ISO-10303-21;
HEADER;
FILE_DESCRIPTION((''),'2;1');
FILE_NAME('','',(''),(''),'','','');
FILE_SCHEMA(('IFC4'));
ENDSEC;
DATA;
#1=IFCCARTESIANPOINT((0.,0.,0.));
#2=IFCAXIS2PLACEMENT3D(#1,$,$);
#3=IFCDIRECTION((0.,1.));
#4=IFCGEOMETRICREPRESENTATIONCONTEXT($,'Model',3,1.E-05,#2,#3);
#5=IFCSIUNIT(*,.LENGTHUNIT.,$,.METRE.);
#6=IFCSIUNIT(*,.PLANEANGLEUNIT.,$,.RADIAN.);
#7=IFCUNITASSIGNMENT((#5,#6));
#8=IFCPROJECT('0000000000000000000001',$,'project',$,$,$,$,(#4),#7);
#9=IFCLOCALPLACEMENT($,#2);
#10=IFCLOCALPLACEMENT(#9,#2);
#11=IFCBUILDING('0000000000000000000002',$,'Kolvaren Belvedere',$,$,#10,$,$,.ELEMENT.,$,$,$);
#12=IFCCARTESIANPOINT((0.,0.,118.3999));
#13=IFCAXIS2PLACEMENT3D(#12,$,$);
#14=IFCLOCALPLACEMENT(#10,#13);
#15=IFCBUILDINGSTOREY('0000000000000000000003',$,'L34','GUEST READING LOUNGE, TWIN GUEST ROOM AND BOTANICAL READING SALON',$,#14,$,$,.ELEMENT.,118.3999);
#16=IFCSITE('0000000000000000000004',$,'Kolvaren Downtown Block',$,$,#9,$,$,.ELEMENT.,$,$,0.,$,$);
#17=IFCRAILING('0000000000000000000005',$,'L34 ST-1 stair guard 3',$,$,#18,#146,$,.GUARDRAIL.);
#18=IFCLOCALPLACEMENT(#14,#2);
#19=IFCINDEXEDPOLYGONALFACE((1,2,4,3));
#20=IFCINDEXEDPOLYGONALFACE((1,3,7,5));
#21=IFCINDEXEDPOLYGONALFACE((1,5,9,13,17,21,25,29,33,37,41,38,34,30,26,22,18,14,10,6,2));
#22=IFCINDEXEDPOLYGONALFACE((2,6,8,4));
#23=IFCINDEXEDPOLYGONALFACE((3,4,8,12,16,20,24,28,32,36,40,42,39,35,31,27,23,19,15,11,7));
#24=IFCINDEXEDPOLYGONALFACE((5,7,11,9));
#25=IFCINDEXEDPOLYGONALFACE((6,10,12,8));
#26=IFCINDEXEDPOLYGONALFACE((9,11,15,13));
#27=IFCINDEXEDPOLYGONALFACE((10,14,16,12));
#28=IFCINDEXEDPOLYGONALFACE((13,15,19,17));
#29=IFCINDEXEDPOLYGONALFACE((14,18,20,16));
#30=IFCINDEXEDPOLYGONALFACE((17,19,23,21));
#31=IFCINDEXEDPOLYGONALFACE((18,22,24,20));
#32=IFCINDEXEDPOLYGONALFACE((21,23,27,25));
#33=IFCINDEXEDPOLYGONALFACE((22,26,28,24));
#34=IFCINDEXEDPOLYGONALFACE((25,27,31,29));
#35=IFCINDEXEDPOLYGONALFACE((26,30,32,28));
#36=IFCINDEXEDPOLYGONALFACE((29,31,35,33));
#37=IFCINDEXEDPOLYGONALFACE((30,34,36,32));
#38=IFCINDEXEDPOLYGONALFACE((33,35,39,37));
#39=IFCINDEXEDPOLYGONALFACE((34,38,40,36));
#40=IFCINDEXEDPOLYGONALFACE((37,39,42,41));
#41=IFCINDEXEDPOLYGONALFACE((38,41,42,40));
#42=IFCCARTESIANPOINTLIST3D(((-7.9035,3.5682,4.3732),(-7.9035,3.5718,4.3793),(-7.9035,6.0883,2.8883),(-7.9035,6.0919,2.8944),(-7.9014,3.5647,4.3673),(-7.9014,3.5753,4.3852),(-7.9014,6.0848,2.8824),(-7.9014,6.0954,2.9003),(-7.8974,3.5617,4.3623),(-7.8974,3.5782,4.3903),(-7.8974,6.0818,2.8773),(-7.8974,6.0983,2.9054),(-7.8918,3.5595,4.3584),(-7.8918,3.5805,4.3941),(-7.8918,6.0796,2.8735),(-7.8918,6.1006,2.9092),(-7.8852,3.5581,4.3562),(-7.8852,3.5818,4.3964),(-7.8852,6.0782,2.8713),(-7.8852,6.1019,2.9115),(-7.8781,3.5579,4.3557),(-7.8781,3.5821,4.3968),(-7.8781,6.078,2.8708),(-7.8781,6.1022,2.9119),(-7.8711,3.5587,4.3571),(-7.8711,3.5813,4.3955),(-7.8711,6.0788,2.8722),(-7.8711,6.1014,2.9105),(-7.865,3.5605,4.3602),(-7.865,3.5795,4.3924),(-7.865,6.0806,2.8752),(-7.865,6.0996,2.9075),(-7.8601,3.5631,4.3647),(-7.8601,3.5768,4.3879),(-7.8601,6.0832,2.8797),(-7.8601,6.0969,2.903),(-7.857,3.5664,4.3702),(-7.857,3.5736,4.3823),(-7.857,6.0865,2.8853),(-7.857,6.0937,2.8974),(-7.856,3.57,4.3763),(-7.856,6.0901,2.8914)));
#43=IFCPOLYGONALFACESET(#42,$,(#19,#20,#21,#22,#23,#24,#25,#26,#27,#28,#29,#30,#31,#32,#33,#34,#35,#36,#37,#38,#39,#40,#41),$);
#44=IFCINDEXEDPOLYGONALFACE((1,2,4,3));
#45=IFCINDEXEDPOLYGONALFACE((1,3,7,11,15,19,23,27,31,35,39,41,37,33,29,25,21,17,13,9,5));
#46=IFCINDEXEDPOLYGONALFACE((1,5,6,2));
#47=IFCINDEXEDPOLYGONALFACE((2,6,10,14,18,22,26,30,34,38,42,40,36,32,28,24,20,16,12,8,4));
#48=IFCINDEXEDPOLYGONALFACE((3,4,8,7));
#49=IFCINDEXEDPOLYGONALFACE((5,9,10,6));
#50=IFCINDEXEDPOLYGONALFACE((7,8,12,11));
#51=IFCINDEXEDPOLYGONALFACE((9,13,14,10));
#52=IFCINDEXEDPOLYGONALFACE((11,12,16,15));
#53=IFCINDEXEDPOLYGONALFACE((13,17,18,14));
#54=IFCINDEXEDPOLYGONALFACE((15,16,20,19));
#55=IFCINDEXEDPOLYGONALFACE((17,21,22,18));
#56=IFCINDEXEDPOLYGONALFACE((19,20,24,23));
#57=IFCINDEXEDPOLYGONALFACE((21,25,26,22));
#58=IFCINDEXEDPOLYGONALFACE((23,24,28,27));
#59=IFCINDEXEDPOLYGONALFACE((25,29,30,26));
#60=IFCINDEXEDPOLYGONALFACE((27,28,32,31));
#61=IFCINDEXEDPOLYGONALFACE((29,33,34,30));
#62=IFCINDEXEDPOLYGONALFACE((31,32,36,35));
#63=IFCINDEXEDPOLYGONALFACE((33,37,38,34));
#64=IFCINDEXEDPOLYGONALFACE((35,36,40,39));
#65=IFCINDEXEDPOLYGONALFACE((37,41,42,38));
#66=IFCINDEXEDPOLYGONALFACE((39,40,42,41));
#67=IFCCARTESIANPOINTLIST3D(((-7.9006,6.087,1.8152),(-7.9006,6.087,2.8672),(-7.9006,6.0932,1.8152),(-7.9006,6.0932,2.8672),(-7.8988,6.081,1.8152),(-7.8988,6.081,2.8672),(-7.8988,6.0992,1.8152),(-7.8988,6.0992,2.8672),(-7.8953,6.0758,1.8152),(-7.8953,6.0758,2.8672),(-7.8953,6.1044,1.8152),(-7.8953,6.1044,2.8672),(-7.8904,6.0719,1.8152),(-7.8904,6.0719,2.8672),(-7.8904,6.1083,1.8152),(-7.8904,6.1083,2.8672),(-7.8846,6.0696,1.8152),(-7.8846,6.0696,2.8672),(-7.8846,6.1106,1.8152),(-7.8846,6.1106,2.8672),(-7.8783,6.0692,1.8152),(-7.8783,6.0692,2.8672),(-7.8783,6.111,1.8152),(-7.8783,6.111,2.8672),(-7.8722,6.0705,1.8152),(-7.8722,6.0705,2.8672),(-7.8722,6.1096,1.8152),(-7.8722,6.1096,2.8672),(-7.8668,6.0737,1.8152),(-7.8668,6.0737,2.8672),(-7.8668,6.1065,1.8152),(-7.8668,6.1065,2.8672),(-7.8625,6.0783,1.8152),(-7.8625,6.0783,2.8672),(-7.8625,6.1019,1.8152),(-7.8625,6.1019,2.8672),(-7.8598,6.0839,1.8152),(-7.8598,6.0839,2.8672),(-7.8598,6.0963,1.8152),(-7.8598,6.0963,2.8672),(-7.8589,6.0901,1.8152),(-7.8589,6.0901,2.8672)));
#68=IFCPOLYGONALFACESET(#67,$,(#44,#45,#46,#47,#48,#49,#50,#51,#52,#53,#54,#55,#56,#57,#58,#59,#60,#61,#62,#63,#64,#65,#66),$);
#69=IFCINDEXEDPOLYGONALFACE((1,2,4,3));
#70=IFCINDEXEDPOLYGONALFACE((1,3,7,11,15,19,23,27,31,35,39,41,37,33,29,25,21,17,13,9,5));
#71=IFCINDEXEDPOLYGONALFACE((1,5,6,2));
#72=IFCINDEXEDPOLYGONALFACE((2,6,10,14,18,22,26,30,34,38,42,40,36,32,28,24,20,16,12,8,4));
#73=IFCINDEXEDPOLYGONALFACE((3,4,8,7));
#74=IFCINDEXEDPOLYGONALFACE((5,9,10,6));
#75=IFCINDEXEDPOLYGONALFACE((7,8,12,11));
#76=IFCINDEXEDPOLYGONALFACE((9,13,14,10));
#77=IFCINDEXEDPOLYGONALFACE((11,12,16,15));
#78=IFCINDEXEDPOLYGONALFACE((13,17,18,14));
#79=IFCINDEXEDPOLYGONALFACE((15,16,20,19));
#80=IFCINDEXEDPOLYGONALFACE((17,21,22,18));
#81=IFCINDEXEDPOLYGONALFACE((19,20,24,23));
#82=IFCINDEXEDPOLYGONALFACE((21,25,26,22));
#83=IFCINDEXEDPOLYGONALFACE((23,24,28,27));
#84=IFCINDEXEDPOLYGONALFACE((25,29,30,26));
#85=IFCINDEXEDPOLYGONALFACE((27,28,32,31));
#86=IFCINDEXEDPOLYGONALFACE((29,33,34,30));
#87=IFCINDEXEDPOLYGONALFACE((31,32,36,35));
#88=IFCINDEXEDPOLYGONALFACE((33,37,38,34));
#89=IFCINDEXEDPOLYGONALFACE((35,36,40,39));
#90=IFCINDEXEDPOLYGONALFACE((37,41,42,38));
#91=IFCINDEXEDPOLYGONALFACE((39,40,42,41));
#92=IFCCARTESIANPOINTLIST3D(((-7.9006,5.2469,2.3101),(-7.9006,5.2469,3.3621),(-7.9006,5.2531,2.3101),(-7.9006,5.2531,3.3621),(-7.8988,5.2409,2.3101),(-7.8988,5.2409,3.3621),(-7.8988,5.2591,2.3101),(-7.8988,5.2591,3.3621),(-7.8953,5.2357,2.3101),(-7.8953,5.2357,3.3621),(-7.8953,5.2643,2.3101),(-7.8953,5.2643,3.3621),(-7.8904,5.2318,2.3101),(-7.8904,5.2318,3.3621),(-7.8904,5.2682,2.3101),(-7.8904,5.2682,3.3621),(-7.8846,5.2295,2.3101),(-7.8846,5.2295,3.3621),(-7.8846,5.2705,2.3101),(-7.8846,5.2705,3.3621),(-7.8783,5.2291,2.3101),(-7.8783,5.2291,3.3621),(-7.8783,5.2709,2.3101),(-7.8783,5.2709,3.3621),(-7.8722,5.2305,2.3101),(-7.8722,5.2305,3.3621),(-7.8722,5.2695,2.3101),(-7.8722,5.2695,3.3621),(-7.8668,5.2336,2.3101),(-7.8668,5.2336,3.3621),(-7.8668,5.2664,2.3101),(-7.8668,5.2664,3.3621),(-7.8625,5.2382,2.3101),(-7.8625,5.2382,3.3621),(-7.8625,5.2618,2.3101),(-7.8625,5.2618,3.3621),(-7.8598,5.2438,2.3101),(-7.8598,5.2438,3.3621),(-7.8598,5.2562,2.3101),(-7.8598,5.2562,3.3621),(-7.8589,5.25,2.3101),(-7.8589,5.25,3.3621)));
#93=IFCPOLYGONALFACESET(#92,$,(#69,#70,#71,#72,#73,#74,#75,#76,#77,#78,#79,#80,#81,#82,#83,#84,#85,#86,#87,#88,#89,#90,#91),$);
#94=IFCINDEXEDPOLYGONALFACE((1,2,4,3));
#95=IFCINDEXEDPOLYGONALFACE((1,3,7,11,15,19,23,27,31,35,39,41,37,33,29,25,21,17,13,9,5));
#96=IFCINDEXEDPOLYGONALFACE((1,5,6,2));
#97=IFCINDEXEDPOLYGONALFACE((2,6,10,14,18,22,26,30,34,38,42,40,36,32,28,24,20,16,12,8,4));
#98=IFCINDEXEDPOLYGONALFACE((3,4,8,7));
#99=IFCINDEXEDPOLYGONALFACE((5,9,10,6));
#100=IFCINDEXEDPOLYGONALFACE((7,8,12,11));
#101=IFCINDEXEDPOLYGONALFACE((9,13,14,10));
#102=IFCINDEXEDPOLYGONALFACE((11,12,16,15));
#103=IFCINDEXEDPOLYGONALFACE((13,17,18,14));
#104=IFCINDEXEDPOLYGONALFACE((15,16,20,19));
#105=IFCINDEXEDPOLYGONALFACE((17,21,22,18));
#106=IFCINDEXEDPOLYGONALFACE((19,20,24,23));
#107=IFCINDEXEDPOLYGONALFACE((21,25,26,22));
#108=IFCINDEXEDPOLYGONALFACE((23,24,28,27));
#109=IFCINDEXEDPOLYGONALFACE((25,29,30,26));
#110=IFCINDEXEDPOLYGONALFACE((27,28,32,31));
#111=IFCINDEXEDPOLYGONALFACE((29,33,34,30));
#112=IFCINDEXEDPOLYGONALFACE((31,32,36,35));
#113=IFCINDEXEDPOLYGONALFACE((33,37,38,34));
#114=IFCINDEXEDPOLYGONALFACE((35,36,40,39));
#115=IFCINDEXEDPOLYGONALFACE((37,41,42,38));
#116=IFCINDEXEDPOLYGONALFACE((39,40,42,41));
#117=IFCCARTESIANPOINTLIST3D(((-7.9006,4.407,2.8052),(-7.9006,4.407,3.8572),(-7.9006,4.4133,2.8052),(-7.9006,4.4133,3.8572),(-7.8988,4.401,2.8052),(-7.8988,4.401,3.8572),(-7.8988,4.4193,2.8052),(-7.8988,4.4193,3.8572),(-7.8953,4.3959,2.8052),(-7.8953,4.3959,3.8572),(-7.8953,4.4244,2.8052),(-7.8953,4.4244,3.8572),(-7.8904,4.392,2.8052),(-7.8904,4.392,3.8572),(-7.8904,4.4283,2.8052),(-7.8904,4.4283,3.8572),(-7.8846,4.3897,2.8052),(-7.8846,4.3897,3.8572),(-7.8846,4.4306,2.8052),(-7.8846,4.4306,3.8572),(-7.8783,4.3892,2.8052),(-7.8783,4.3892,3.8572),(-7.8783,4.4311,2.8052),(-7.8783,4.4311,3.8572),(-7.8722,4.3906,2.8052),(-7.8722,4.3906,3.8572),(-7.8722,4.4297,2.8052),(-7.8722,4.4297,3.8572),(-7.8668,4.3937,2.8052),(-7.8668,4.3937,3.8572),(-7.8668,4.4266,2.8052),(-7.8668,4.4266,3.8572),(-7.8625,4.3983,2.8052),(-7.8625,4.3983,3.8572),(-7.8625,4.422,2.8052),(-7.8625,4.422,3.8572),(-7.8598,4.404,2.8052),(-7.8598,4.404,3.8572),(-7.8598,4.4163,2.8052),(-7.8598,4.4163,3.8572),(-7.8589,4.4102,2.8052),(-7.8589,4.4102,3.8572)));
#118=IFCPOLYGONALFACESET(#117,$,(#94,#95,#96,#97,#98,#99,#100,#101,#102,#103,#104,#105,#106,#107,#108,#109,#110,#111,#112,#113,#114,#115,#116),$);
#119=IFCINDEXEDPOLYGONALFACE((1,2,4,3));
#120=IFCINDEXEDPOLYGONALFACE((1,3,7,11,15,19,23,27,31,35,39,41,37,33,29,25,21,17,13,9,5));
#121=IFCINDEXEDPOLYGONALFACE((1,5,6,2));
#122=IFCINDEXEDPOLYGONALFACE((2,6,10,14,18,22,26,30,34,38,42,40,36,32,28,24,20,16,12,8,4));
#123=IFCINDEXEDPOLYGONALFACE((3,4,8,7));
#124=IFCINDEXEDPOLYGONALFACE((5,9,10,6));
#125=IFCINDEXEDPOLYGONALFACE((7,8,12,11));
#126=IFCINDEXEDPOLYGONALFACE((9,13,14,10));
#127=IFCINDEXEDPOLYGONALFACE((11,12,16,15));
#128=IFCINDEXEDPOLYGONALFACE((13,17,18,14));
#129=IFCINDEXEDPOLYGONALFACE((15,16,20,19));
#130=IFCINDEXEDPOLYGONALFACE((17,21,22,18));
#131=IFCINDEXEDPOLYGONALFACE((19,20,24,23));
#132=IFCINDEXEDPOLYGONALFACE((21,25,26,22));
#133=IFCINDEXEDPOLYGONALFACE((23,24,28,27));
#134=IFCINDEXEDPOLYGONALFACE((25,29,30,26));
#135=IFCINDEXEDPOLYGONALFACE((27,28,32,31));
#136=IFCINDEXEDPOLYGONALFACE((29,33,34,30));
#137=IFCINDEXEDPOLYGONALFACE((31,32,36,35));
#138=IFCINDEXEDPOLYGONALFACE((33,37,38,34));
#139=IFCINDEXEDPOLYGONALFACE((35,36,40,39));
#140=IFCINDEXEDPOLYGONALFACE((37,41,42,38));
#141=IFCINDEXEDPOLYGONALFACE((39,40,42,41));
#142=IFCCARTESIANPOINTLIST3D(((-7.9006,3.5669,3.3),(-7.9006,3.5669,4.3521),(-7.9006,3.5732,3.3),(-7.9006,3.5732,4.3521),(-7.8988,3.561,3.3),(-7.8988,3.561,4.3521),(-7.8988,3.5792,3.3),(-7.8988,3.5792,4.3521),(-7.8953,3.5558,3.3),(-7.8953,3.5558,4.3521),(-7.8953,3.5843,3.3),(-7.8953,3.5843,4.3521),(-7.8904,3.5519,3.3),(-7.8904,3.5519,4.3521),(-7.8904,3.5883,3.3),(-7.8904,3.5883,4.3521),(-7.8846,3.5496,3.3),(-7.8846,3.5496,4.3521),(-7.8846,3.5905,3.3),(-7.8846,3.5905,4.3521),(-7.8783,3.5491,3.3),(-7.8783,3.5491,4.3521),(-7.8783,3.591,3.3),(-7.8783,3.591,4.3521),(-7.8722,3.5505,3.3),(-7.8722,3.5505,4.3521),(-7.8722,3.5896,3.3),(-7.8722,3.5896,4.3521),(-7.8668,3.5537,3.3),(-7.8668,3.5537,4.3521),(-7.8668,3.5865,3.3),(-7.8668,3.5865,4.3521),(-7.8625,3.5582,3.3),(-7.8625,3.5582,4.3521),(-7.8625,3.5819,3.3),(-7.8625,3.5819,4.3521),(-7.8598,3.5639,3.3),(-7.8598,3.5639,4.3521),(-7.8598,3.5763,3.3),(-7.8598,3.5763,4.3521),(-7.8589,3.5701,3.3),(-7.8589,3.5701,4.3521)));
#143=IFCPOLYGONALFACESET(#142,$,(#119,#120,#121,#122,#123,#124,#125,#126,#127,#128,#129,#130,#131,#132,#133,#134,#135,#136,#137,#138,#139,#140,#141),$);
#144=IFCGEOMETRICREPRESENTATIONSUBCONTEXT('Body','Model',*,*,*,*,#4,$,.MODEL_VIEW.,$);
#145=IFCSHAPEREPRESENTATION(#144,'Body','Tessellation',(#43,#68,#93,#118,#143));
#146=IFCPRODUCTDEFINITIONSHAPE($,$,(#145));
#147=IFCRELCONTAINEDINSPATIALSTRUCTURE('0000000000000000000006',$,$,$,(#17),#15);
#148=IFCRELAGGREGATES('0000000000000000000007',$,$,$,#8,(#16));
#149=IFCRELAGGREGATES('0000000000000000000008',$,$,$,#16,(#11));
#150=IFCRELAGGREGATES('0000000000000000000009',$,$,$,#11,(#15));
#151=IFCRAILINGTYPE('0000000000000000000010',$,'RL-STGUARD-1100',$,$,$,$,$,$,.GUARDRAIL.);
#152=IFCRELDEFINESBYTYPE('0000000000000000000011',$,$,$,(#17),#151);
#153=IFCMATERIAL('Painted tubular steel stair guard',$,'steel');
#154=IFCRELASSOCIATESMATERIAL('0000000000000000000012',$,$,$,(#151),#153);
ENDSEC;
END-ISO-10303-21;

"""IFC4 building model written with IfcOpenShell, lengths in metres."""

from ifc_helpers import new_model, si_unit, direction, frame, origin, origin_2d, place, context, subcontext, project, spatial, circle, extrude, material, type_object, element, save


model = new_model("IFC4")

# Units and contexts
model_context = context("Model", 3, precision=1e-05, world=origin(), true_north=direction((0.0, 1.0)))
body_context = subcontext(model_context, "Body", "Model", "MODEL_VIEW")
ifc_project = project(units=[si_unit("LENGTHUNIT", "METRE"), si_unit("PLANEANGLEUNIT", "RADIAN")], contexts=[model_context])

# Site, building, storey
site_placement = place(None, origin())
site = spatial("IfcSite", under=ifc_project, at=site_placement, Name="Kolvaren Downtown Block", CompositionType="ELEMENT", RefElevation=0.0)
building_placement = place(site_placement, origin())
building = spatial("IfcBuilding", under=site, at=building_placement, Name="Kolvaren Belvedere", CompositionType="ELEMENT")
storey_placement = place(building_placement, frame((0.0, 0.0, 118.3999)))
storey = spatial("IfcBuildingStorey", under=building, at=storey_placement, Name="L34", Description="GUEST READING LOUNGE, TWIN GUEST ROOM AND BOTANICAL READING SALON", CompositionType="ELEMENT", Elevation=118.3999)

# Railing
ifc_material_1 = material(Name="Painted tubular steel stair guard", Category="steel")
railing_type_1 = type_object("IfcRailingType", Name="RL-STGUARD-1100", PredefinedType="GUARDRAIL", material=ifc_material_1)
railing_1_placement = place(storey_placement, frame((-7.8799, 6.0901, 1.8152)))
element("IfcRailing", 1, at=railing_1_placement, inside=storey, type_object=railing_type_1, Name="L34 ST-1 stair guard 3", PredefinedType="GUARDRAIL", context=body_context, shape_type="SweptSolid", body=[
    extrude(circle(Radius=0.0239, at=origin_2d()), frame((0.0, 0.0, 1.0762), z_axis=(0.0, -0.861561, 0.507655), x_axis=(1.0, 0.0, 0.0)), (0.0, 0.0, 1.0), 2.925),
    extrude(circle(Radius=0.021, at=origin_2d()), origin(), (0.0, 0.0, 1.0), 1.052),
    extrude(circle(Radius=0.021, at=origin_2d()), frame((0.0, -0.8401, 0.4949)), (0.0, 0.0, 1.0), 1.052),
    extrude(circle(Radius=0.021, at=origin_2d()), frame((0.0, -1.6799, 0.99)), (0.0, 0.0, 1.0), 1.052),
    extrude(circle(Radius=0.021, at=origin_2d()), frame((0.0, -2.52, 1.4849)), (0.0, 0.0, 1.0), 1.052),
])

save(model, "model.ifc")
